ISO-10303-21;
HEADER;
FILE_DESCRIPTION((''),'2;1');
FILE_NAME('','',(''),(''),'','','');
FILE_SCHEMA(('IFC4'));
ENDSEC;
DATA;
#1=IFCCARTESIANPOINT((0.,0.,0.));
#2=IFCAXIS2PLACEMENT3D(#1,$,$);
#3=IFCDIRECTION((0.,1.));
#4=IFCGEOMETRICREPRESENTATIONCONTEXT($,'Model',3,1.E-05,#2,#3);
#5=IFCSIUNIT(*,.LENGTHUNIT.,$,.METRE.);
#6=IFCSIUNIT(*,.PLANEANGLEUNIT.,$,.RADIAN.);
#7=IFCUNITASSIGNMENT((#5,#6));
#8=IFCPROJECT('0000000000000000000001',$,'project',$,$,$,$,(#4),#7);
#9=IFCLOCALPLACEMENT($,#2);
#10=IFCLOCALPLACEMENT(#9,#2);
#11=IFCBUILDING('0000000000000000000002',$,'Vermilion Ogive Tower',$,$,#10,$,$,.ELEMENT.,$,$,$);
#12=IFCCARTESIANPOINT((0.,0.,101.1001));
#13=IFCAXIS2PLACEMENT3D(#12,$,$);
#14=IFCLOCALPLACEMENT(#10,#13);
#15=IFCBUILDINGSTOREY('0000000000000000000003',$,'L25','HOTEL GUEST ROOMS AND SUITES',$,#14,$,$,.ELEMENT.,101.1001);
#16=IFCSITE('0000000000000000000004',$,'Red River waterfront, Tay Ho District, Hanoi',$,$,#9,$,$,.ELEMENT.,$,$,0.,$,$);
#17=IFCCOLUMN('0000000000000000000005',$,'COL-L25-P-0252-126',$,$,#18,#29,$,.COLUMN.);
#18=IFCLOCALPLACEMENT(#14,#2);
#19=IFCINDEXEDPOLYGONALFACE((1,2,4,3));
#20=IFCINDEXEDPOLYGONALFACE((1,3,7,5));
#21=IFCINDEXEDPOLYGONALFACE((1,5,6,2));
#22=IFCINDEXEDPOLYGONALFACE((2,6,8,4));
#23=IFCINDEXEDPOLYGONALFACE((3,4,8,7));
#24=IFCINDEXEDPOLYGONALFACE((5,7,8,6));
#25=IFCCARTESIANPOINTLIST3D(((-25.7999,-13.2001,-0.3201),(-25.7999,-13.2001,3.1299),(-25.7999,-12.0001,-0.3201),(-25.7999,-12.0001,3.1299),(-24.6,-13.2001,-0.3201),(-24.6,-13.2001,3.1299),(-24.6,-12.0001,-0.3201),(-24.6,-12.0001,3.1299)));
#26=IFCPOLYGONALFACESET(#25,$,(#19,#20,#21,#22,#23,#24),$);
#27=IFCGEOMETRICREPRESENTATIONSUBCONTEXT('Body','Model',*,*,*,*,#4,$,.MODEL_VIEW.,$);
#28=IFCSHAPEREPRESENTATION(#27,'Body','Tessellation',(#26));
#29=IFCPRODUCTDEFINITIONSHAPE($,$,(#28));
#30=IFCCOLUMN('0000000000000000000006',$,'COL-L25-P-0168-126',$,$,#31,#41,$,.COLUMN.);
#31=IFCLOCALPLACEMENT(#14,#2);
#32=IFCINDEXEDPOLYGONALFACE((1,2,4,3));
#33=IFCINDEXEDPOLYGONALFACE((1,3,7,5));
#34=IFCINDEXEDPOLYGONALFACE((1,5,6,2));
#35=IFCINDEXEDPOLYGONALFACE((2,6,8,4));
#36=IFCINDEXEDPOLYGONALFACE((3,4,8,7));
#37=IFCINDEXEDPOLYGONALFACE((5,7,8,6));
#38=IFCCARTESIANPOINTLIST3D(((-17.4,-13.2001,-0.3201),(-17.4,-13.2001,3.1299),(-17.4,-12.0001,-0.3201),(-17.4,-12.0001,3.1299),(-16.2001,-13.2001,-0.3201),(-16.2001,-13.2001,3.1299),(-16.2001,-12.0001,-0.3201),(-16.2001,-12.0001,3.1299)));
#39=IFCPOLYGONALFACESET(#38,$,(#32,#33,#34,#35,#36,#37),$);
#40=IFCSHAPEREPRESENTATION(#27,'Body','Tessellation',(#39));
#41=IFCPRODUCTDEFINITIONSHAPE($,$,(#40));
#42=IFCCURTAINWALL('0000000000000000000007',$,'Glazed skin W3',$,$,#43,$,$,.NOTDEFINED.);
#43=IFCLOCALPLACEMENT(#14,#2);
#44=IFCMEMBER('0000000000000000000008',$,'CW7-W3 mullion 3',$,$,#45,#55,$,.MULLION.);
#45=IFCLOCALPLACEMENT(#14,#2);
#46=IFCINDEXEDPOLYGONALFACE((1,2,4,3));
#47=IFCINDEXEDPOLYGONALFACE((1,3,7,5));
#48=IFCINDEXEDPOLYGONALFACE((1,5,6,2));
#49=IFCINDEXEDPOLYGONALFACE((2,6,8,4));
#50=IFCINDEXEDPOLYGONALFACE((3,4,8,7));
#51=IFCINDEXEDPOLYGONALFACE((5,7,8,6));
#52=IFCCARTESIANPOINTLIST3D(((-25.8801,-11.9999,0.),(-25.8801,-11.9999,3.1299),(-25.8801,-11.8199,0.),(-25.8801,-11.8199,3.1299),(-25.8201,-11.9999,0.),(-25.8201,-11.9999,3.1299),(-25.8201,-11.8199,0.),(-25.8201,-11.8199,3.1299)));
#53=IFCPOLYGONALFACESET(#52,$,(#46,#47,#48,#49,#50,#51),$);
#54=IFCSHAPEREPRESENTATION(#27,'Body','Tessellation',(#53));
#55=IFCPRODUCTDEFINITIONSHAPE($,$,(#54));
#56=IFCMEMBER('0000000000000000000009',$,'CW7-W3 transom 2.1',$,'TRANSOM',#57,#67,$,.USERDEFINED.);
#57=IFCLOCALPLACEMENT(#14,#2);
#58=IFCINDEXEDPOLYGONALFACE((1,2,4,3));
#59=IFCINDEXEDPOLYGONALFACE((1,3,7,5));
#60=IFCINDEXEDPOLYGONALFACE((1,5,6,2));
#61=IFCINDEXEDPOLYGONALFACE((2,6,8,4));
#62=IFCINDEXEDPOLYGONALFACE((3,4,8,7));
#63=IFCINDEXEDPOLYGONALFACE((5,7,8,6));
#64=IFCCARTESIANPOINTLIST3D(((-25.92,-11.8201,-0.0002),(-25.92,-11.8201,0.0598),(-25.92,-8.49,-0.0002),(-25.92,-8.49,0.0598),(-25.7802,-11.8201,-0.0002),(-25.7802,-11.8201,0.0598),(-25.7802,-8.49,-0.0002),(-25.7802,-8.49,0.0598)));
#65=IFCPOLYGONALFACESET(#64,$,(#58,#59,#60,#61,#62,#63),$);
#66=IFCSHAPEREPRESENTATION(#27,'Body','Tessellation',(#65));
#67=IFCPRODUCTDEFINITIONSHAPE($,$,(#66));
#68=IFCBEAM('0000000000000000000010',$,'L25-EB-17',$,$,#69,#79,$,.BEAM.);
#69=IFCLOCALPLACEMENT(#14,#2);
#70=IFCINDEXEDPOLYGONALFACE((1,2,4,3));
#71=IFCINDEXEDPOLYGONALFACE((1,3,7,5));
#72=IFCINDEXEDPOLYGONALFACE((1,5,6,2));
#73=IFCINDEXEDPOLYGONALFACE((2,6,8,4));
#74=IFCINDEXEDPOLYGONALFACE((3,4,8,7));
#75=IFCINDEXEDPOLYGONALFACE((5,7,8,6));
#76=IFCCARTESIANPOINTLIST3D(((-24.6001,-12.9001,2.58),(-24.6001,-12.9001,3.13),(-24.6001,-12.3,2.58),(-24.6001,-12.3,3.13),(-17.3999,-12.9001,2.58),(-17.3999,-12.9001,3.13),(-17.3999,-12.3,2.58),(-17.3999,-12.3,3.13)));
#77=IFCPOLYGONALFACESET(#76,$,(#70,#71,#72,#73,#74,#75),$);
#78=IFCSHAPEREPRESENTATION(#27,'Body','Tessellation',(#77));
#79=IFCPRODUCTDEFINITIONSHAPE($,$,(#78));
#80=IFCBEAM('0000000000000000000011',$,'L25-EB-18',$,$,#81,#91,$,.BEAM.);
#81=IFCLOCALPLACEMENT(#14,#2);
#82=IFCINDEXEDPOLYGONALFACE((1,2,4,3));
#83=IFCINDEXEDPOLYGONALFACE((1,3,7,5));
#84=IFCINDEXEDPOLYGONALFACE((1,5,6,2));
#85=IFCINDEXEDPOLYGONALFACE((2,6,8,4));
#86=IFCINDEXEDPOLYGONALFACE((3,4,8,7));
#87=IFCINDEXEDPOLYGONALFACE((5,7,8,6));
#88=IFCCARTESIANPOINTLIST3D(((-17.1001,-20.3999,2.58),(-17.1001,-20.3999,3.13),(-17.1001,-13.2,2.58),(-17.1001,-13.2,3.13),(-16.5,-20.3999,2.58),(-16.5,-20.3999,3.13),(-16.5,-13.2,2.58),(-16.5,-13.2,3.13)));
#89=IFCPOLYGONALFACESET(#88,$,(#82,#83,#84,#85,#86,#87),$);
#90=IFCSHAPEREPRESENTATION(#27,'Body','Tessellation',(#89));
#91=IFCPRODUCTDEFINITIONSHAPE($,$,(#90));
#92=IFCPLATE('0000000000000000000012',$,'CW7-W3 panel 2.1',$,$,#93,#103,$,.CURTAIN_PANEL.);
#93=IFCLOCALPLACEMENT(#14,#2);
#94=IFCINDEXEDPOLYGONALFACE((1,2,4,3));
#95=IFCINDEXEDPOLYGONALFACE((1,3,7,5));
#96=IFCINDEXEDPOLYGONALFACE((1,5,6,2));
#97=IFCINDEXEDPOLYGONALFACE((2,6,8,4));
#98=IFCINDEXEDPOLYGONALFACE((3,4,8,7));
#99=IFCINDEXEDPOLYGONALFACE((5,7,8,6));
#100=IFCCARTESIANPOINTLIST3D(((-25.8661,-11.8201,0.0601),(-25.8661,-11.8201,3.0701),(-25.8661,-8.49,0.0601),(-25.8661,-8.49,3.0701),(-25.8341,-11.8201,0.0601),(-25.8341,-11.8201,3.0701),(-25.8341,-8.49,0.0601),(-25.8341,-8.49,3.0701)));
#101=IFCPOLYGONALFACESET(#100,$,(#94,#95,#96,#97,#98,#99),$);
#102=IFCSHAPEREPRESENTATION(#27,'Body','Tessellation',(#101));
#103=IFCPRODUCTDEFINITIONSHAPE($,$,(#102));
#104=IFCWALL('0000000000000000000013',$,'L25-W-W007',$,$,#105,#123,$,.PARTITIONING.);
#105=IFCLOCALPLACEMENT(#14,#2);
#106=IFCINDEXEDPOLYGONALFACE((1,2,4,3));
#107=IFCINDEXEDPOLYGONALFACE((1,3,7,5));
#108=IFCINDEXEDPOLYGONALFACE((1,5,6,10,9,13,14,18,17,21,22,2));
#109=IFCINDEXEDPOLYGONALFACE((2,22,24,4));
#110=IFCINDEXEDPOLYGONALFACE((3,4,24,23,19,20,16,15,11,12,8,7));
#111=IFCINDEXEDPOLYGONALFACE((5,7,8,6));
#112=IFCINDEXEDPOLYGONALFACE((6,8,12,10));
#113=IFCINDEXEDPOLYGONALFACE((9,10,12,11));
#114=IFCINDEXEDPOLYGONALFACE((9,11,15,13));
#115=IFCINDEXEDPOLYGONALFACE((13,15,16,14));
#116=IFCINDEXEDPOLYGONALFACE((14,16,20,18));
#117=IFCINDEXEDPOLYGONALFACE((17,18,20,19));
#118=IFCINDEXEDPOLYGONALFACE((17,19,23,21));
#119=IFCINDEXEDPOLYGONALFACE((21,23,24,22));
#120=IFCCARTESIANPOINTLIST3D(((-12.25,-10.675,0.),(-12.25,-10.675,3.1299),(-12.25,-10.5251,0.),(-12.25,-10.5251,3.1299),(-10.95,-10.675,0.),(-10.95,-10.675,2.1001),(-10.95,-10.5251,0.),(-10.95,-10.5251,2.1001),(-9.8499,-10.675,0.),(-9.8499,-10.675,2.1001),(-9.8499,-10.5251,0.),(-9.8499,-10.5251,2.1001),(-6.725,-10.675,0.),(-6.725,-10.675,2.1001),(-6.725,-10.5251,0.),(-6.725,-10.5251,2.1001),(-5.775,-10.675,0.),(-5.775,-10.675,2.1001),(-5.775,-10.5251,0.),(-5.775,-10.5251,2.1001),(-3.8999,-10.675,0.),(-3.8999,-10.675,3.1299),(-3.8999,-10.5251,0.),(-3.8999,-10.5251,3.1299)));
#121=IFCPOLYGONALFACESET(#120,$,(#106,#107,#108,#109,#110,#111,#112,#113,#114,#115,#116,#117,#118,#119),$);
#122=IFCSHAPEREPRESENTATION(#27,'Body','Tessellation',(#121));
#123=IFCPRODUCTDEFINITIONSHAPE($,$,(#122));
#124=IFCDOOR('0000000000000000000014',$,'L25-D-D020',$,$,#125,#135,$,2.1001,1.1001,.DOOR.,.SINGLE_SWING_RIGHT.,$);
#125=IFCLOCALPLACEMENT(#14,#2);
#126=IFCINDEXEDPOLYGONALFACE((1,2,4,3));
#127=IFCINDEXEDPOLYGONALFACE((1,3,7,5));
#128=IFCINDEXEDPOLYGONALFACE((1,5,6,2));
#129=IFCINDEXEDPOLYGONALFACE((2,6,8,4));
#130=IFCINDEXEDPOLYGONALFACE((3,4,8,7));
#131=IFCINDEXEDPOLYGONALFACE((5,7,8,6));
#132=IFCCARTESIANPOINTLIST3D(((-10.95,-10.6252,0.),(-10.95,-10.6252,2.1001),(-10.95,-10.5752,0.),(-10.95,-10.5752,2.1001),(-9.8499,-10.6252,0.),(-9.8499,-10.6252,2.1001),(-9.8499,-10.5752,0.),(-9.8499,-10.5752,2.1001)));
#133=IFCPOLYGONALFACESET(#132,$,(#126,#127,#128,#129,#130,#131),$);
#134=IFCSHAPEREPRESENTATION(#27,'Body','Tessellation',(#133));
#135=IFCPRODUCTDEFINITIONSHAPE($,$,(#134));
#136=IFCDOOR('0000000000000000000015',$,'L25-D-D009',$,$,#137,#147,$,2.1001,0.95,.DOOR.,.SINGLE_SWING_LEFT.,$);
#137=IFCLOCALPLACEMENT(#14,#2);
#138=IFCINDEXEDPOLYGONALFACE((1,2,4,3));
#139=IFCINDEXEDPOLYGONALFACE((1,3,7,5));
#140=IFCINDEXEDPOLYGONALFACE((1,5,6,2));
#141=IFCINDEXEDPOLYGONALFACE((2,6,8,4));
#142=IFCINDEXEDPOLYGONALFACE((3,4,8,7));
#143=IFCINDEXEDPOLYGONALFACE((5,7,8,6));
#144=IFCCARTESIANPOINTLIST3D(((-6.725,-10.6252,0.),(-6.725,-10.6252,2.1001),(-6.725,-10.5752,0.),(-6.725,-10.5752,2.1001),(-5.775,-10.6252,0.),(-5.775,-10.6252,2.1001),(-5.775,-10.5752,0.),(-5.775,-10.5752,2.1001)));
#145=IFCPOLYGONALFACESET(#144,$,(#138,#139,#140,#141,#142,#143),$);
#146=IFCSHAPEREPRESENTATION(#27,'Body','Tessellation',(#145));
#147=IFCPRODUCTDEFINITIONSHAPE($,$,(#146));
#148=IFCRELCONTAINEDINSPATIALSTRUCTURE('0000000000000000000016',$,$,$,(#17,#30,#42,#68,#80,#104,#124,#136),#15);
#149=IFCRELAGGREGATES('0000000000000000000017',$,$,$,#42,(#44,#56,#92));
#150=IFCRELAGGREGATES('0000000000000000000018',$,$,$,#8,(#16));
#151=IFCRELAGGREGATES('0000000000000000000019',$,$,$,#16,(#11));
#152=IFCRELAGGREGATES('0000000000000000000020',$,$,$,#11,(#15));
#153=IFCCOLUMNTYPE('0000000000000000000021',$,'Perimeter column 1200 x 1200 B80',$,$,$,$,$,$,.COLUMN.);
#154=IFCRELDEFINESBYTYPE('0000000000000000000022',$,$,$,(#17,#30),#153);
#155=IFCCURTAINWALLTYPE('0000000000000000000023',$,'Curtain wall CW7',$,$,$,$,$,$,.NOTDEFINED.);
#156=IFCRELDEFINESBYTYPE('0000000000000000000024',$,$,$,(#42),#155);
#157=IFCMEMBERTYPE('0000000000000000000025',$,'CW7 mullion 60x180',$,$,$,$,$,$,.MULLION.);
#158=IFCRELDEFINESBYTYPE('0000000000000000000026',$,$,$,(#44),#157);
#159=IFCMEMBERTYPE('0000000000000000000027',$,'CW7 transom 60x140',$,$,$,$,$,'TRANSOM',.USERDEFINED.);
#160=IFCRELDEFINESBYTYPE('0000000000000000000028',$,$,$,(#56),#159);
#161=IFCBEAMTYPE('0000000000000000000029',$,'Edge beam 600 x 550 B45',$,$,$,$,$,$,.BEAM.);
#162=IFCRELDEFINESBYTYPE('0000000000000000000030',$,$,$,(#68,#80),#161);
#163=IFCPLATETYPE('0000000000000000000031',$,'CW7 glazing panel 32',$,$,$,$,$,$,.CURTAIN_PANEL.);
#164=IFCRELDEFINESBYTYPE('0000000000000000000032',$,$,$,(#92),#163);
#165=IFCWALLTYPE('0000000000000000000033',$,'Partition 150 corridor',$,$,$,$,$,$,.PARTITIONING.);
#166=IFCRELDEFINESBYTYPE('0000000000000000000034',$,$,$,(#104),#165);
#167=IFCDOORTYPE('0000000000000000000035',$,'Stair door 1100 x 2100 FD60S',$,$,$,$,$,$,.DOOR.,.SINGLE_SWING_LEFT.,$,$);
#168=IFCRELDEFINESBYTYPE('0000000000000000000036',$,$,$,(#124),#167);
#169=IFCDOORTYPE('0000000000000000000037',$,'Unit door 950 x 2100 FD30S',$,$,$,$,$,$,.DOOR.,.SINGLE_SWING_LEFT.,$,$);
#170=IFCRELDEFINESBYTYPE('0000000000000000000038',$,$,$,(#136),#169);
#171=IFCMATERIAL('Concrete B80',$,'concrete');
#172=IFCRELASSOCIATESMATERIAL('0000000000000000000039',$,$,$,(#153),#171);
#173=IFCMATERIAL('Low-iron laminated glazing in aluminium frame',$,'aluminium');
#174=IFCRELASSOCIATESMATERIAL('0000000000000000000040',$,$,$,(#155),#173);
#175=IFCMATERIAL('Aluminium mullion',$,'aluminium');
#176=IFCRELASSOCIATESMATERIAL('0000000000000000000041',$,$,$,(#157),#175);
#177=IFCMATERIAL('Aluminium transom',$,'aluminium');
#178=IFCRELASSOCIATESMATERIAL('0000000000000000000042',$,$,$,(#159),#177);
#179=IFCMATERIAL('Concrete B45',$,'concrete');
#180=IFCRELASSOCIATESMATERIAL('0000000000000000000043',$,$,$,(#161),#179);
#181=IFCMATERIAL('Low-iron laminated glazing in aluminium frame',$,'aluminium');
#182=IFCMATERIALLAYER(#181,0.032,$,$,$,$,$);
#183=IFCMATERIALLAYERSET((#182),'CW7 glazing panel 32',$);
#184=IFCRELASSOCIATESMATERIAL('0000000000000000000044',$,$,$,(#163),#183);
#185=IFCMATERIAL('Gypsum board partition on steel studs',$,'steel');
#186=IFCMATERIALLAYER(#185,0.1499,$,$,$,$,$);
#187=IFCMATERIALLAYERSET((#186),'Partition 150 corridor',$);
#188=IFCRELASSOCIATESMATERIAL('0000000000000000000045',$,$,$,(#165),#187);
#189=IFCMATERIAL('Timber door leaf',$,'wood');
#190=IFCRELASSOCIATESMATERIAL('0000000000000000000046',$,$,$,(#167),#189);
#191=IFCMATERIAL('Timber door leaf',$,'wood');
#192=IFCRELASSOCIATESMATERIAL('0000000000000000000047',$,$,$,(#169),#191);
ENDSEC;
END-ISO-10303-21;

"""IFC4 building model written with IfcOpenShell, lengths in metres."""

from ifc_helpers import new_model, si_unit, direction, frame, frame_2d, origin, origin_2d, place, context, subcontext, project, spatial, rectangle, extrude, material, layer, layer_set, material_profile, profile_set, type_object, element, fill, aggregate, save


model = new_model("IFC4")

# Units and contexts
model_context = context("Model", 3, precision=1e-05, world=origin(), true_north=direction((0.0, 1.0)))
body_context = subcontext(model_context, "Body", "Model", "MODEL_VIEW")
ifc_project = project(units=[si_unit("LENGTHUNIT", "METRE"), si_unit("PLANEANGLEUNIT", "RADIAN")], contexts=[model_context])

# Site, building, storey
site_placement = place(None, origin())
site = spatial("IfcSite", under=ifc_project, at=site_placement, Name="Red River waterfront, Tay Ho District, Hanoi", CompositionType="ELEMENT", RefElevation=0.0)
building_placement = place(site_placement, origin())
building = spatial("IfcBuilding", under=site, at=building_placement, Name="Vermilion Ogive Tower", CompositionType="ELEMENT")
storey_placement = place(building_placement, frame((0.0, 0.0, 101.1001)))
storey = spatial("IfcBuildingStorey", under=building, at=storey_placement, Name="L25", Description="HOTEL GUEST ROOMS AND SUITES", CompositionType="ELEMENT", Elevation=101.1001)

# Columns
ifc_material_1 = material(Name="Concrete B80", Category="concrete")
ifc_material_profile_1 = material_profile(ifc_material_1, rectangle(XDim=1.2, YDim=1.2, at=origin_2d()), Name="1200 x 1200")
ifc_profile_set_1 = profile_set([ifc_material_profile_1], Name="Concrete B80")
column_type = type_object("IfcColumnType", Name="Perimeter column 1200 x 1200 B80", PredefinedType="COLUMN", material=ifc_profile_set_1)
for number, where, z_axis, x_axis, name in (
    (1, (-25.2, -12.6001, -0.3201), (0.0, 0.0, 1.0), (1.0, 0.0, 0.0), "COL-L25-P-0252-126"),
    (2, (-16.8, -12.6001, -0.3201), (0.0, 0.0, 1.0), (1.0, 0.0, 0.0), "COL-L25-P-0168-126"),
):
    element("IfcColumn", number, at=place(storey_placement, frame(where, z_axis=z_axis, x_axis=x_axis)), inside=storey, type_object=column_type, Name=name, PredefinedType="COLUMN", context=body_context, shape_type="SweptSolid", body=[
        extrude(rectangle(XDim=1.2, YDim=1.2, at=origin_2d()), origin(), (0.0, 0.0, 1.0), 3.45),
    ])

# Curtain wall, members
ifc_material_2 = material(Name="Low-iron laminated glazing in aluminium frame", Category="aluminium")
curtain_wall_type = type_object("IfcCurtainWallType", Name="Curtain wall CW7", PredefinedType="NOTDEFINED", material=ifc_material_2)
curtain_wall_placement = place(storey_placement, origin())
curtain_wall = element("IfcCurtainWall", 3, at=curtain_wall_placement, inside=storey, type_object=curtain_wall_type, Name="Glazed skin W3", PredefinedType="NOTDEFINED")
ifc_material_3 = material(Name="Aluminium mullion", Category="aluminium")
ifc_material_profile_2 = material_profile(ifc_material_3, rectangle(XDim=0.0601, YDim=0.1799, at=origin_2d()), Name="AL 60x180")
ifc_profile_set_2 = profile_set([ifc_material_profile_2], Name="Aluminium mullion")
member_type_1 = type_object("IfcMemberType", Name="CW7 mullion 60x180", PredefinedType="MULLION", material=ifc_profile_set_2)
member_1_placement = place(storey_placement, frame((-25.8501, -11.9099, 0.0), z_axis=(0.0, 0.0, 1.0), x_axis=(1.0, 0.0, 0.0)))
member_1 = element("IfcMember", 4, at=member_1_placement, type_object=member_type_1, Name="CW7-W3 mullion 3", PredefinedType="MULLION", context=body_context, shape_type="SweptSolid", body=[
    extrude(rectangle(XDim=0.0601, YDim=0.1799, at=origin_2d()), origin(), (0.0, 0.0, 1.0), 3.1299),
])
ifc_material_4 = material(Name="Aluminium transom", Category="aluminium")
ifc_material_profile_3 = material_profile(ifc_material_4, rectangle(XDim=0.1399, YDim=0.0601, at=origin_2d()), Name="AL 60x140")
ifc_profile_set_3 = profile_set([ifc_material_profile_3], Name="Aluminium transom")
member_type_2 = type_object("IfcMemberType", Name="CW7 transom 60x140", ElementType="TRANSOM", PredefinedType="USERDEFINED", material=ifc_profile_set_3)
member_2_placement = place(storey_placement, frame((-25.8501, -8.49, 0.0298), z_axis=(0.0, -1.0, 0.0), x_axis=(1.0, 0.0, 0.0)))
member_2 = element("IfcMember", 5, at=member_2_placement, type_object=member_type_2, Name="CW7-W3 transom 2.1", ObjectType="TRANSOM", PredefinedType="USERDEFINED", context=body_context, shape_type="SweptSolid", body=[
    extrude(rectangle(XDim=0.1399, YDim=0.0601, at=origin_2d()), origin(), (0.0, 0.0, 1.0), 3.3301),
])

# Beams
ifc_material_5 = material(Name="Concrete B45", Category="concrete")
ifc_material_profile_4 = material_profile(ifc_material_5, rectangle(XDim=0.6001, YDim=0.55, at=origin_2d()), Name="600 x 550")
ifc_profile_set_4 = profile_set([ifc_material_profile_4], Name="Concrete B45")
beam_type = type_object("IfcBeamType", Name="Edge beam 600 x 550 B45", PredefinedType="BEAM", material=ifc_profile_set_4)
beam_1_placement = place(storey_placement, frame((-24.6001, -12.6001, 2.855), z_axis=(1.0, 0.0, 0.0), x_axis=(0.0, 1.0, 0.0)))
element("IfcBeam", 6, at=beam_1_placement, inside=storey, type_object=beam_type, Name="L25-EB-17", PredefinedType="BEAM", context=body_context, shape_type="SweptSolid", body=[
    extrude(rectangle(XDim=0.6001, YDim=0.55, at=origin_2d()), origin(), (0.0, 0.0, 1.0), 7.2002),
])
beam_2_placement = place(storey_placement, frame((-16.8, -13.2, 2.855), z_axis=(0.0, -1.0, 0.0), x_axis=(1.0, 0.0, 0.0)))
element("IfcBeam", 7, at=beam_2_placement, inside=storey, type_object=beam_type, Name="L25-EB-18", PredefinedType="BEAM", context=body_context, shape_type="SweptSolid", body=[
    extrude(rectangle(XDim=0.6001, YDim=0.55, at=origin_2d()), origin(), (0.0, 0.0, 1.0), 7.2),
])

# Plate
ifc_material_6 = material(Name="Low-iron laminated glazing in aluminium frame", Category="aluminium")
ifc_layer_1 = layer(ifc_material_6, 0.032)
ifc_layer_set_1 = layer_set([ifc_layer_1], Name="CW7 glazing panel 32")
plate_type = type_object("IfcPlateType", Name="CW7 glazing panel 32", PredefinedType="CURTAIN_PANEL", material=ifc_layer_set_1)
plate_placement = place(storey_placement, frame((-25.8501, -10.155, 0.0601), z_axis=(0.0, 0.0, 1.0), x_axis=(0.0, -1.0, 0.0)))
plate = element("IfcPlate", 8, at=plate_placement, type_object=plate_type, Name="CW7-W3 panel 2.1", PredefinedType="CURTAIN_PANEL", context=body_context, shape_type="SweptSolid", body=[
    extrude(rectangle(XDim=3.3301, YDim=0.032, at=origin_2d()), origin(), (0.0, 0.0, 1.0), 3.01),
])
aggregate(curtain_wall, [member_1, member_2, plate])

# Wall, openings, doors
ifc_material_7 = material(Name="Gypsum board partition on steel studs", Category="steel")
ifc_layer_2 = layer(ifc_material_7, 0.1499)
ifc_layer_set_2 = layer_set([ifc_layer_2], Name="Partition 150 corridor")
wall_type_1 = type_object("IfcWallType", Name="Partition 150 corridor", PredefinedType="PARTITIONING", material=ifc_layer_set_2)
wall_1_placement = place(storey_placement, frame((-12.25, -10.6001, 0.0), z_axis=(0.0, 0.0, 1.0), x_axis=(1.0, 0.0, 0.0)))
wall_1 = element("IfcWall", 9, at=wall_1_placement, inside=storey, type_object=wall_type_1, Name="L25-W-W007", PredefinedType="PARTITIONING", context=body_context, shape_type="SweptSolid", body=[
    extrude(rectangle(XDim=8.3501, YDim=0.1499, at=frame_2d((4.175, 0.0))), origin(), (0.0, 0.0, 1.0), 3.1299),
])
opening_1_placement = place(wall_1_placement, frame((5.5249, 0.0, 0.0)))
opening_1 = element("IfcOpeningElement", 10, at=opening_1_placement, cuts=wall_1, PredefinedType="OPENING", context=body_context, shape_type="SweptSolid", body=[
    extrude(rectangle(XDim=0.95, YDim=2.1001, at=frame_2d((0.4751, 1.05))), frame((0.0, 0.085, 0.0), z_axis=(0.0, -1.0, 0.0), x_axis=(1.0, 0.0, 0.0)), (0.0, 0.0, 1.0), 0.1699),
])
opening_2_placement = place(wall_1_placement, frame((1.3, 0.0, 0.0)))
opening_2 = element("IfcOpeningElement", 11, at=opening_2_placement, cuts=wall_1, PredefinedType="OPENING", context=body_context, shape_type="SweptSolid", body=[
    extrude(rectangle(XDim=1.1001, YDim=2.1001, at=frame_2d((0.55, 1.05))), frame((0.0, 0.085, 0.0), z_axis=(0.0, -1.0, 0.0), x_axis=(1.0, 0.0, 0.0)), (0.0, 0.0, 1.0), 0.1699),
])
ifc_material_8 = material(Name="Timber door leaf", Category="wood")
door_type_1 = type_object("IfcDoorType", Name="Stair door 1100 x 2100 FD60S", OperationType="SINGLE_SWING_LEFT", PredefinedType="DOOR", material=ifc_material_8)
door_1_placement = place(opening_2_placement, origin())
door_1 = element("IfcDoor", 12, at=door_1_placement, inside=storey, type_object=door_type_1, Name="L25-D-D020", OperationType="SINGLE_SWING_RIGHT", OverallHeight=2.1001, OverallWidth=1.1001, PredefinedType="DOOR", context=body_context, shape_type="SweptSolid", body=[
    extrude(rectangle(XDim=1.1001, YDim=2.1001, at=frame_2d((0.55, 1.05))), frame((0.0, 0.0249, 0.0), z_axis=(0.0, -1.0, 0.0), x_axis=(1.0, 0.0, 0.0)), (0.0, 0.0, 1.0), 0.05),
])
fill(opening_2, door_1)
ifc_material_9 = material(Name="Timber door leaf", Category="wood")
door_type_2 = type_object("IfcDoorType", Name="Unit door 950 x 2100 FD30S", OperationType="SINGLE_SWING_LEFT", PredefinedType="DOOR", material=ifc_material_9)
door_2_placement = place(opening_1_placement, origin())
door_2 = element("IfcDoor", 13, at=door_2_placement, inside=storey, type_object=door_type_2, Name="L25-D-D009", OperationType="SINGLE_SWING_LEFT", OverallHeight=2.1001, OverallWidth=0.95, PredefinedType="DOOR", context=body_context, shape_type="SweptSolid", body=[
    extrude(rectangle(XDim=0.95, YDim=2.1001, at=frame_2d((0.4751, 1.05))), frame((0.0, 0.0249, 0.0), z_axis=(0.0, -1.0, 0.0), x_axis=(1.0, 0.0, 0.0)), (0.0, 0.0, 1.0), 0.05),
])
fill(opening_1, door_2)

save(model, "model.ifc")
